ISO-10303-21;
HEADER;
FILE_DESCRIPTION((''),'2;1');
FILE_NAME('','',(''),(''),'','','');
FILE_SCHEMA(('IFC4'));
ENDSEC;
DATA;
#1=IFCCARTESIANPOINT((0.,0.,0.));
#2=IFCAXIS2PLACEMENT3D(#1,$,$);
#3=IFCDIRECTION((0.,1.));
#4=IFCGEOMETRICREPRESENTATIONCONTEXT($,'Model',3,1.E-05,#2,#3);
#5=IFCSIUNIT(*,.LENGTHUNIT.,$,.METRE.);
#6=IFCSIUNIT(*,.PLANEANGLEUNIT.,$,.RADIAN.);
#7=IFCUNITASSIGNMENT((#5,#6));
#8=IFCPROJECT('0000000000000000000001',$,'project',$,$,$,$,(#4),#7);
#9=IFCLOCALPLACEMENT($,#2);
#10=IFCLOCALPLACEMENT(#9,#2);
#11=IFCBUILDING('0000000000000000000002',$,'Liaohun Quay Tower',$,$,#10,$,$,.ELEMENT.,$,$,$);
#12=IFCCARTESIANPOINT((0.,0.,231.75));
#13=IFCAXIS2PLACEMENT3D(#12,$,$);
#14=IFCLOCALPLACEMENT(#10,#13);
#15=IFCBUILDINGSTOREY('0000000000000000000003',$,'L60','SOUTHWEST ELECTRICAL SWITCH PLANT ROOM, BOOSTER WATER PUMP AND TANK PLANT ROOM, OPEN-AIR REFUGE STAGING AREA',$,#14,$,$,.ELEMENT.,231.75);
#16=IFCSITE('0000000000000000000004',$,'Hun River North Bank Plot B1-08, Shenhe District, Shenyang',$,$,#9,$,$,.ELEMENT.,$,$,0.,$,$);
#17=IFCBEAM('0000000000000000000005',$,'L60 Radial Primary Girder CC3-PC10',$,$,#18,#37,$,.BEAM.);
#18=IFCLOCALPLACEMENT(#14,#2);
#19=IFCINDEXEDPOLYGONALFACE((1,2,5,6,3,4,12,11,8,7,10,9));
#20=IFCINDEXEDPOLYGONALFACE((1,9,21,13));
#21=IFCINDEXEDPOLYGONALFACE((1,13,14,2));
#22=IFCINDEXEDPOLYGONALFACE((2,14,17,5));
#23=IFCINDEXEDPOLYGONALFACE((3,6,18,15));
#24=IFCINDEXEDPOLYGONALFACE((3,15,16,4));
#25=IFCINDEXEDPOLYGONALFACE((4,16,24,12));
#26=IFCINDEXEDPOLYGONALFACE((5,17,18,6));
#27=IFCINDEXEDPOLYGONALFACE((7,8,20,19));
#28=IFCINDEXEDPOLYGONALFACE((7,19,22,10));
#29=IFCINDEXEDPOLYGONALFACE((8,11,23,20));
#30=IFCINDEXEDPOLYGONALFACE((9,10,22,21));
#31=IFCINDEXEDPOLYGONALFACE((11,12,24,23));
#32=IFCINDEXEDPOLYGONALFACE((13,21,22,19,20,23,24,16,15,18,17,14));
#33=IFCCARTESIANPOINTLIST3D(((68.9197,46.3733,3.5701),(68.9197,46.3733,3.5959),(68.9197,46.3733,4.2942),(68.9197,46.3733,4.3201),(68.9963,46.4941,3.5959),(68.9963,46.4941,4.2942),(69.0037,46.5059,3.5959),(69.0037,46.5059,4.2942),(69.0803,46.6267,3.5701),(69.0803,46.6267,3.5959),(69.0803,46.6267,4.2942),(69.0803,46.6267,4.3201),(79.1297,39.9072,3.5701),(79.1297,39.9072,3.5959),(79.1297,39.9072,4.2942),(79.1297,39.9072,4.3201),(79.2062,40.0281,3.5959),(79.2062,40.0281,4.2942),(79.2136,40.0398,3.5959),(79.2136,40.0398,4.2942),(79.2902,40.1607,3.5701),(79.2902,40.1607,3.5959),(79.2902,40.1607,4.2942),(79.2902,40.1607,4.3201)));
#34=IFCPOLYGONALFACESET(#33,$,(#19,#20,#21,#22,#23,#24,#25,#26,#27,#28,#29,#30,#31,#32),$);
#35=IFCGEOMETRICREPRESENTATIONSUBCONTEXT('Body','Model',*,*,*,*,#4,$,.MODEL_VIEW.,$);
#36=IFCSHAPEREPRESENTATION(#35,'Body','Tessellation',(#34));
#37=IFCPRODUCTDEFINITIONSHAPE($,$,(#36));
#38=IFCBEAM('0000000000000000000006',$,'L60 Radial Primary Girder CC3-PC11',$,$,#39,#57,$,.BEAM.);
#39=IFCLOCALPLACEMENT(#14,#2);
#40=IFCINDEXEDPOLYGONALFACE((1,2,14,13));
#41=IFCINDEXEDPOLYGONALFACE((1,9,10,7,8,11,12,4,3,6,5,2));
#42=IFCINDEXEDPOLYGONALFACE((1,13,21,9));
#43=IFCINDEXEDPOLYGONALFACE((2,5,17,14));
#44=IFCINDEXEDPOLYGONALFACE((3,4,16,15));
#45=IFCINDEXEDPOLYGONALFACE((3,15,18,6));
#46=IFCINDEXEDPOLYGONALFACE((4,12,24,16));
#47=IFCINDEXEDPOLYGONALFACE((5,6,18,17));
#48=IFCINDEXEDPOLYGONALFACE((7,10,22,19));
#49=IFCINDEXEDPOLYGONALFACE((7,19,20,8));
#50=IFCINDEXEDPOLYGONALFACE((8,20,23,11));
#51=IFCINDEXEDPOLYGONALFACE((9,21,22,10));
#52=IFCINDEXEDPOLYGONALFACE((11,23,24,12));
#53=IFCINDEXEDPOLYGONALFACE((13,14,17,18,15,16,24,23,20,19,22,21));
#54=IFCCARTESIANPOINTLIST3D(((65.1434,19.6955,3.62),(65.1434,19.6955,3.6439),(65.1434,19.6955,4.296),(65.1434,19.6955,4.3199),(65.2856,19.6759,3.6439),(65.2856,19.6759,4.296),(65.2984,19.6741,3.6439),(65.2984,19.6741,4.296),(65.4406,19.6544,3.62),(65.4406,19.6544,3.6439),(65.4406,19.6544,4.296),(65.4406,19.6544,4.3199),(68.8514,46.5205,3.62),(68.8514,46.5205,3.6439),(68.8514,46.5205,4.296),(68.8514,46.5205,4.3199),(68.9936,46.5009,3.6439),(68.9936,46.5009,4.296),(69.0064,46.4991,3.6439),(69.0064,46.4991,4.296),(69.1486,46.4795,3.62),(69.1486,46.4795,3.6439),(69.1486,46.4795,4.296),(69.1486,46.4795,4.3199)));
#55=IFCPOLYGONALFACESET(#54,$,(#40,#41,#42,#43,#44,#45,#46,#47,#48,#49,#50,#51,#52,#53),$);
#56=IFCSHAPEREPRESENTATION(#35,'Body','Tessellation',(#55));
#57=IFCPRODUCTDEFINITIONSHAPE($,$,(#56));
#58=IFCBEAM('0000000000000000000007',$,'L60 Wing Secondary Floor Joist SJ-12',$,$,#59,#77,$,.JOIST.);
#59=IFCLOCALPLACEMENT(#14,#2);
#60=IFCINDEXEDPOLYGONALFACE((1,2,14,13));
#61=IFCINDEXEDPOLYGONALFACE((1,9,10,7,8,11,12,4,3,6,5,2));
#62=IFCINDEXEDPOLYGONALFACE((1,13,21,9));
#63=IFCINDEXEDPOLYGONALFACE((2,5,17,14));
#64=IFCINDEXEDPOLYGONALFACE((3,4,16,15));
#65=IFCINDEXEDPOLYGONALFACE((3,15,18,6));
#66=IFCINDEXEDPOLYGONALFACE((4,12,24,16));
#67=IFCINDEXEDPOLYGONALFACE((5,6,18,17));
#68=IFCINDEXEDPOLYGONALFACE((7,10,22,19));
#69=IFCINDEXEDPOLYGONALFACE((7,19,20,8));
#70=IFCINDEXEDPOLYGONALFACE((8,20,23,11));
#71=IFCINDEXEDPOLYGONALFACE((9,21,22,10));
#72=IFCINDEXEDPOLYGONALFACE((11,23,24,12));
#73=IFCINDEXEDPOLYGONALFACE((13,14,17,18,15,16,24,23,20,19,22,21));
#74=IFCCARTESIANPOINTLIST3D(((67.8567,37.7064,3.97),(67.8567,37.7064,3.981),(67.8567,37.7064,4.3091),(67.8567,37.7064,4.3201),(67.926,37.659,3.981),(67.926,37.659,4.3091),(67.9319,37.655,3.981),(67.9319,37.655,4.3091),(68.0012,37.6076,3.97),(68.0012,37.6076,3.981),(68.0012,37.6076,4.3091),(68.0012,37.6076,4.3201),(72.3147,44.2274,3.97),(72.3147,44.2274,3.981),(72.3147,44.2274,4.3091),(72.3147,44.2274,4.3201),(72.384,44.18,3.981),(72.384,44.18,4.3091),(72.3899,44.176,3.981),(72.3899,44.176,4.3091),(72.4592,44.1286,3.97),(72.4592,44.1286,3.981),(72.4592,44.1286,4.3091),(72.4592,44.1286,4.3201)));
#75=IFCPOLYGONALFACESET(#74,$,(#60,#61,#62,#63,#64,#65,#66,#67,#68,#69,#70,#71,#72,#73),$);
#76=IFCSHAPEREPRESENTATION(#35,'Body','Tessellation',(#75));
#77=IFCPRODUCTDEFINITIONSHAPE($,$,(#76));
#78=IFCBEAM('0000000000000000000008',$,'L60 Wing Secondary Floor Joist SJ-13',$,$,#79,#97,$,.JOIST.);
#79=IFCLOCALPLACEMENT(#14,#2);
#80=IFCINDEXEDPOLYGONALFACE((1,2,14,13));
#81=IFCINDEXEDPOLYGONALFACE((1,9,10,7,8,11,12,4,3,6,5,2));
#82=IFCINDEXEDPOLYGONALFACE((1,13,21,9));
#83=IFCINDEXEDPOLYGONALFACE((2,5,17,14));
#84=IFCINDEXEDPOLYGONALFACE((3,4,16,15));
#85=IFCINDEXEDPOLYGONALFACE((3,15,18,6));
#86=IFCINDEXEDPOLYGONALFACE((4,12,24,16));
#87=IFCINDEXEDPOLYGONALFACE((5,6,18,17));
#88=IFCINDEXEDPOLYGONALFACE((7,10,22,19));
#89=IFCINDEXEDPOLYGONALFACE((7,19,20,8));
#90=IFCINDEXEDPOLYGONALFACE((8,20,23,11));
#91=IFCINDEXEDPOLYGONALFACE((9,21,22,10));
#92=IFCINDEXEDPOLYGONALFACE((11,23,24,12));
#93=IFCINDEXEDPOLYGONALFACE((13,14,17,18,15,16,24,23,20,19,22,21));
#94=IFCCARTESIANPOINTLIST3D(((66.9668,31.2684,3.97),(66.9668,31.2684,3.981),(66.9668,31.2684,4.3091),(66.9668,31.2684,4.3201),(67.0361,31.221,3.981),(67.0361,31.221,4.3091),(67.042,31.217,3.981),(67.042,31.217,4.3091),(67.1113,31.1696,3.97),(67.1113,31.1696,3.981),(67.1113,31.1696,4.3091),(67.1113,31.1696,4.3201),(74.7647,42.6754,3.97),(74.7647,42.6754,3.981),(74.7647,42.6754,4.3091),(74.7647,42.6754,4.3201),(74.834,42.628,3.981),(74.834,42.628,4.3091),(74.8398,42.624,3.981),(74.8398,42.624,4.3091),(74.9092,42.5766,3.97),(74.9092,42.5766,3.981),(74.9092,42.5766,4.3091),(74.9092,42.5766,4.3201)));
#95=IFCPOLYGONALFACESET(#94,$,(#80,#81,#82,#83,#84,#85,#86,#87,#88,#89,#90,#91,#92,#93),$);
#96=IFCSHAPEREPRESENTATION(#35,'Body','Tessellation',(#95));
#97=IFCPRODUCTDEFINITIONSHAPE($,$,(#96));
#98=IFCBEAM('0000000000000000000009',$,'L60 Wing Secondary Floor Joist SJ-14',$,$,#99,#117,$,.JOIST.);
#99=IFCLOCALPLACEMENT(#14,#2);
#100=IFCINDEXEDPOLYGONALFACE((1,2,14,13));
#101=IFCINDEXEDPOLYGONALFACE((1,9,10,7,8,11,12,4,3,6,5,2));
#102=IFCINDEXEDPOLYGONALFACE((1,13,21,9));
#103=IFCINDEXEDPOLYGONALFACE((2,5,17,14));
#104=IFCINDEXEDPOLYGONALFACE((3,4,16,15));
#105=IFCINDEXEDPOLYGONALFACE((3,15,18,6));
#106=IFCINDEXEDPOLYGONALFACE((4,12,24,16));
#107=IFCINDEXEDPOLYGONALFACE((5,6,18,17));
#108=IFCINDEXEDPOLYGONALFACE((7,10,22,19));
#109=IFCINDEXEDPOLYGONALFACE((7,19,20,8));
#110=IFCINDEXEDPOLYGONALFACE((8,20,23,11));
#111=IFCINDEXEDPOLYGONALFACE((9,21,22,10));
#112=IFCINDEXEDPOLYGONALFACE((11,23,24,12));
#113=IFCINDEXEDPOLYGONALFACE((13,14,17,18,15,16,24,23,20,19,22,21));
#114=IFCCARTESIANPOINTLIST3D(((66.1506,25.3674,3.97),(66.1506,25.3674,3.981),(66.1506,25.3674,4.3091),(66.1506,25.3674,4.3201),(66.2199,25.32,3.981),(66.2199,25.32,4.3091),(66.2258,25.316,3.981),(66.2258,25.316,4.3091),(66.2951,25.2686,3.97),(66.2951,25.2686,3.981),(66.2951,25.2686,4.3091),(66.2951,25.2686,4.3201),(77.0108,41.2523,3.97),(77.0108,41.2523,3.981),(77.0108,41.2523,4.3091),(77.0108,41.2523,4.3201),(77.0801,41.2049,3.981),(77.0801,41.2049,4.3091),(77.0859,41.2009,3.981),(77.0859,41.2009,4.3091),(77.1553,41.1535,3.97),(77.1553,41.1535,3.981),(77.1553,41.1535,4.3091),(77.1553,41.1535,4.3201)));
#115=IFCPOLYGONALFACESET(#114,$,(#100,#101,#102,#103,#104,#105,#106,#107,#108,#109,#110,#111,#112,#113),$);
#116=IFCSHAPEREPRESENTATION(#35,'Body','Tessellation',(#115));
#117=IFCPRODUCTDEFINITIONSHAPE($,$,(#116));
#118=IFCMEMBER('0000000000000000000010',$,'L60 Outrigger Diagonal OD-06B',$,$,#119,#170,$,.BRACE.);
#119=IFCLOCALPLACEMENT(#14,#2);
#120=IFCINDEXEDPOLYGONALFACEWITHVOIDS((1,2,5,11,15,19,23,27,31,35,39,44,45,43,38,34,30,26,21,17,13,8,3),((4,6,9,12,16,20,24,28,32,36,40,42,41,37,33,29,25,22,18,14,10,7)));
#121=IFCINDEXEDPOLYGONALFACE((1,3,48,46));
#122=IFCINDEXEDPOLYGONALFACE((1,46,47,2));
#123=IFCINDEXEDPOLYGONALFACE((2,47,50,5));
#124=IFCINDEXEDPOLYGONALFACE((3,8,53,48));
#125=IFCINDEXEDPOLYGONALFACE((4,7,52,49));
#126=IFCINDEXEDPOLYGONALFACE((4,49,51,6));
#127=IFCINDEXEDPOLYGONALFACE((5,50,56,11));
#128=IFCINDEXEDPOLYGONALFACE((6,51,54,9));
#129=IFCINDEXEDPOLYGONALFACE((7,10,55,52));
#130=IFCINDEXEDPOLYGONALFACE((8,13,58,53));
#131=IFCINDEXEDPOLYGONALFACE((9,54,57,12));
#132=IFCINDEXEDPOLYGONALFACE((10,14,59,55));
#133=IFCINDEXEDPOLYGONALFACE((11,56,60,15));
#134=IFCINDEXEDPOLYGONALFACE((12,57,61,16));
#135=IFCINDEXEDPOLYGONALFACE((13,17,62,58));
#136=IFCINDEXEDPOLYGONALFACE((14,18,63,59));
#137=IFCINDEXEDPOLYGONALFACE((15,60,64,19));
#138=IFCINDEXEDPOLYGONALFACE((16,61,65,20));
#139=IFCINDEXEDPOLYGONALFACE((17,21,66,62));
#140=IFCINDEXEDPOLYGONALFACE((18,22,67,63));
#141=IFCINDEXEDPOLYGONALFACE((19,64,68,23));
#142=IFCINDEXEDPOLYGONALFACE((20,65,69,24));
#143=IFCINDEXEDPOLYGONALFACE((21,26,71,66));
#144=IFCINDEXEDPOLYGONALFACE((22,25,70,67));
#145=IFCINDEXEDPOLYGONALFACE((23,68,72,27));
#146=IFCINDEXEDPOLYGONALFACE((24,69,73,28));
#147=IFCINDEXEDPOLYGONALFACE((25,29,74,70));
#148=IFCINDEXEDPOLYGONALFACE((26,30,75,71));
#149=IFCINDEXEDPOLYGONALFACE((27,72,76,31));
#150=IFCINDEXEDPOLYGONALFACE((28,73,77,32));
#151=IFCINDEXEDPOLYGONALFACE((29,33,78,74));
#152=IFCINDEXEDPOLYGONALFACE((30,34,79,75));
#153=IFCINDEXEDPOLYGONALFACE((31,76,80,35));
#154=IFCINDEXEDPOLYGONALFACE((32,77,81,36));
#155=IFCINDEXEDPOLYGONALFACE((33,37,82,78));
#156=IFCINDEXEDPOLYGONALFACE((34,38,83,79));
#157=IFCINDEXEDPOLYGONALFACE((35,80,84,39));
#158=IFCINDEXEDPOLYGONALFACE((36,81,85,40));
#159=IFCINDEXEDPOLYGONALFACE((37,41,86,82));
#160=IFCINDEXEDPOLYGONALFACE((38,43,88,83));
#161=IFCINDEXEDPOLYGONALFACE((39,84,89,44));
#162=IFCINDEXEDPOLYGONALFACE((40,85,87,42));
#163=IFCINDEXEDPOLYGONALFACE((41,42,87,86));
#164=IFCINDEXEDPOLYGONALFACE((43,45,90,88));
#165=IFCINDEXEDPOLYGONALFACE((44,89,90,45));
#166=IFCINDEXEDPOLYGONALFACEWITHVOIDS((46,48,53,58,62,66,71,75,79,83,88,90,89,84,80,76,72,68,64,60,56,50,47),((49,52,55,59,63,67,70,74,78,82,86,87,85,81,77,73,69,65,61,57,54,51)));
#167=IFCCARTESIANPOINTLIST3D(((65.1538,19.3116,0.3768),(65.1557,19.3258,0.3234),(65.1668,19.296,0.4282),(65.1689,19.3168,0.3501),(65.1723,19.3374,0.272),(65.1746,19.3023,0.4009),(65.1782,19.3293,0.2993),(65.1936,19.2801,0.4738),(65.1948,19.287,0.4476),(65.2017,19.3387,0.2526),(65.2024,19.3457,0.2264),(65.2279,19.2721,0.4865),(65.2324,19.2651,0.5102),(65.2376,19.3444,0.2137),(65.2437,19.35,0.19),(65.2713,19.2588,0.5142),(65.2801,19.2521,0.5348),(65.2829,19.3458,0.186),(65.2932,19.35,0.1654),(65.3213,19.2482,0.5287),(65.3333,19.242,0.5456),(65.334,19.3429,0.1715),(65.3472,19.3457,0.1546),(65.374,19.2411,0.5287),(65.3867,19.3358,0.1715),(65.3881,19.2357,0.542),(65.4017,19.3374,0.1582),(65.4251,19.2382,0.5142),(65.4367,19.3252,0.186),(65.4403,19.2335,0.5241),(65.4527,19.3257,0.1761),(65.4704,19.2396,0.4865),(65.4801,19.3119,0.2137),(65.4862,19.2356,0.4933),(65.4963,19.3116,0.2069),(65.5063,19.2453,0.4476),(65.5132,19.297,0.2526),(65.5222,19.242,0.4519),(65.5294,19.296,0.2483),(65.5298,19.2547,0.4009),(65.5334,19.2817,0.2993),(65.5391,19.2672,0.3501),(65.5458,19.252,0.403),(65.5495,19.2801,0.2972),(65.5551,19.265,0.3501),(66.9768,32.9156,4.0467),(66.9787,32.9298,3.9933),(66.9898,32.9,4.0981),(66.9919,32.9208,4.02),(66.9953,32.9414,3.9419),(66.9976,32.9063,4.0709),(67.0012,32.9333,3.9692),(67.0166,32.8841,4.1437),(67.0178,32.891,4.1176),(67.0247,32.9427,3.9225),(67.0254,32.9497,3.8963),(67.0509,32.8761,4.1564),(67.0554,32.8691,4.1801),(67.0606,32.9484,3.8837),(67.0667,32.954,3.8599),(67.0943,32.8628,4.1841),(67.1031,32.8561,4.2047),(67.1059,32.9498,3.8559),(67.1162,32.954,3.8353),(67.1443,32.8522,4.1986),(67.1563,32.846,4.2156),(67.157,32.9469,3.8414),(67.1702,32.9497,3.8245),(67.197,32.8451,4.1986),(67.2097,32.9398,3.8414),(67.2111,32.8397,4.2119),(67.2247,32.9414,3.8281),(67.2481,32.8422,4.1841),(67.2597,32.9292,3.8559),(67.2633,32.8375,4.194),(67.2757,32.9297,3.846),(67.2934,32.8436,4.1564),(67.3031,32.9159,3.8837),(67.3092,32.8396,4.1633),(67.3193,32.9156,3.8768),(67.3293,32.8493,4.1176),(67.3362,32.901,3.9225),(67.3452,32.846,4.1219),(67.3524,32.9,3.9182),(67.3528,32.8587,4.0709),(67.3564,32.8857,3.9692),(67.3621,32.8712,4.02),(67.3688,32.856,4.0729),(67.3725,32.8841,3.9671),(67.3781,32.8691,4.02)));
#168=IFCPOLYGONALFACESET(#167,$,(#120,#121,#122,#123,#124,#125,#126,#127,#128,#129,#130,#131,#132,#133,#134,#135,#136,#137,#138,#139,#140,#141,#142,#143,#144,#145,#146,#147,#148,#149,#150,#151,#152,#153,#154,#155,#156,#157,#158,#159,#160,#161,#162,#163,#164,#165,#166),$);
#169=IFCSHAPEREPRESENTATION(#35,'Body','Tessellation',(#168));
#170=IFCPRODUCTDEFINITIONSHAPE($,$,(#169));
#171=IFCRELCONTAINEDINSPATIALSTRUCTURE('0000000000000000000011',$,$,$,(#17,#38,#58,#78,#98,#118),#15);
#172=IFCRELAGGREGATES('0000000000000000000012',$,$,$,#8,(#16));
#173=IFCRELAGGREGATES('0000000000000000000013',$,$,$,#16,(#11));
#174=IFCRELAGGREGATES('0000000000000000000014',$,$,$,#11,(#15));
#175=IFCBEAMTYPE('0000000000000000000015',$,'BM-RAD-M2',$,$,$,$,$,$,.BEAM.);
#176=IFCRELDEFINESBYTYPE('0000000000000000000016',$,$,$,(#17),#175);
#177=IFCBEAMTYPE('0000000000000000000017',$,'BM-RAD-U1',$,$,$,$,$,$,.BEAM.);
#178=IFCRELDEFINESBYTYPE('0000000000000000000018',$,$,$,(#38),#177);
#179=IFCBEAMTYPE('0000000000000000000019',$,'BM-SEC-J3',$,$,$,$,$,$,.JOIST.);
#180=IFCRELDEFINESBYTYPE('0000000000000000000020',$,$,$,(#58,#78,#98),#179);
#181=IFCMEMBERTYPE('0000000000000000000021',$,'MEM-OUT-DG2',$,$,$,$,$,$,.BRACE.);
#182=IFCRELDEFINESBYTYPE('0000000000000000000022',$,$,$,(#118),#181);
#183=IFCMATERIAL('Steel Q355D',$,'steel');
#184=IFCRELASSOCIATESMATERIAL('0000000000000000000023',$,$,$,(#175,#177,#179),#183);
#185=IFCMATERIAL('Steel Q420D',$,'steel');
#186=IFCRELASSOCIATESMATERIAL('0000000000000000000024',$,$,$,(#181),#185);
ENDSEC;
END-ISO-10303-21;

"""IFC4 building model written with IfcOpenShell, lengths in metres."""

from ifc_helpers import new_model, si_unit, direction, frame, origin, origin_2d, place, context, subcontext, project, spatial, hollow_circle, i_section, extrude, source, transform, mapped, material, material_profile, profile_set, type_object, element, save


model = new_model("IFC4")

# Units and contexts
model_context = context("Model", 3, precision=1e-05, world=origin(), true_north=direction((0.0, 1.0)))
body_context = subcontext(model_context, "Body", "Model", "MODEL_VIEW")
ifc_project = project(units=[si_unit("LENGTHUNIT", "METRE"), si_unit("PLANEANGLEUNIT", "RADIAN")], contexts=[model_context])

# Site, building, storey
site_placement = place(None, origin())
site = spatial("IfcSite", under=ifc_project, at=site_placement, Name="Hun River North Bank Plot B1-08, Shenhe District, Shenyang", CompositionType="ELEMENT", RefElevation=0.0)
building_placement = place(site_placement, origin())
building = spatial("IfcBuilding", under=site, at=building_placement, Name="Liaohun Quay Tower", CompositionType="ELEMENT")
storey_placement = place(building_placement, frame((0.0, 0.0, 231.75)))
storey = spatial("IfcBuildingStorey", under=building, at=storey_placement, Name="L60", Description="SOUTHWEST ELECTRICAL SWITCH PLANT ROOM, BOOSTER WATER PUMP AND TANK PLANT ROOM, OPEN-AIR REFUGE STAGING AREA", CompositionType="ELEMENT", Elevation=231.75)

# Shared definitions
ifc_material_1 = material(Name="Steel Q355D", Category="steel")

# Beams
ifc_material_profile_1 = material_profile(ifc_material_1, i_section(OverallWidth=0.3, OverallDepth=0.75, WebThickness=0.0139, FlangeThickness=0.0259, at=origin_2d()), Name="HN750x300x14x26")
ifc_profile_set_1 = profile_set([ifc_material_profile_1], Name="Steel Q355D")
beam_type_1 = type_object("IfcBeamType", Name="BM-RAD-M2", PredefinedType="BEAM", material=ifc_profile_set_1)
shared_shape_1 = source(origin(), body_context, "Body", "SweptSolid", [
    extrude(i_section(OverallWidth=0.3, OverallDepth=0.75, WebThickness=0.0139, FlangeThickness=0.0259, at=origin_2d()), origin(), (0.0, 0.0, 1.0), 12.0852),
])
beam_1_placement = place(storey_placement, frame((69.0, 46.5, 3.9451), z_axis=(0.844828, -0.535038, 0.0), x_axis=(0.535038, 0.844828, 0.0)))
element("IfcBeam", 1, at=beam_1_placement, inside=storey, type_object=beam_type_1, Name="L60 Radial Primary Girder CC3-PC10", PredefinedType="BEAM", context=body_context, shape_type="MappedRepresentation", body=[
    mapped(shared_shape_1, transform((0.0, 0.0, 0.0), x_axis=(1.0, 0.0, 0.0), y_axis=(0.0, 1.0, 0.0), z_axis=(0.0, 0.0, 1.0), scale=1.0)),
])
ifc_material_profile_2 = material_profile(ifc_material_1, i_section(OverallWidth=0.3, OverallDepth=0.7, WebThickness=0.0129, FlangeThickness=0.0239, at=origin_2d()), Name="HN700x300x13x24")
ifc_profile_set_2 = profile_set([ifc_material_profile_2], Name="Steel Q355D")
beam_type_2 = type_object("IfcBeamType", Name="BM-RAD-U1", PredefinedType="BEAM", material=ifc_profile_set_2)
shared_shape_2 = source(origin(), body_context, "Body", "SweptSolid", [
    extrude(i_section(OverallWidth=0.3, OverallDepth=0.7, WebThickness=0.0129, FlangeThickness=0.0239, at=origin_2d()), origin(), (0.0, 0.0, 1.0), 27.0801),
])
beam_2_placement = place(storey_placement, frame((69.0, 46.5, 3.97), z_axis=(-0.136928, -0.990581, 0.0), x_axis=(0.990581, -0.136928, 0.0)))
element("IfcBeam", 2, at=beam_2_placement, inside=storey, type_object=beam_type_2, Name="L60 Radial Primary Girder CC3-PC11", PredefinedType="BEAM", context=body_context, shape_type="MappedRepresentation", body=[
    mapped(shared_shape_2, transform((0.0, 0.0, 0.0), x_axis=(1.0, 0.0, 0.0), y_axis=(0.0, 1.0, 0.0), z_axis=(0.0, 0.0, 1.0), scale=1.0)),
])
ifc_material_profile_3 = material_profile(ifc_material_1, i_section(OverallWidth=0.175, OverallDepth=0.3501, WebThickness=0.0071, FlangeThickness=0.011, at=origin_2d()), Name="HN350x175x7x11")
ifc_profile_set_3 = profile_set([ifc_material_profile_3], Name="Steel Q355D")
beam_type_3 = type_object("IfcBeamType", Name="BM-SEC-J3", PredefinedType="JOIST", material=ifc_profile_set_3)
shared_shape_3 = source(origin(), body_context, "Body", "SweptSolid", [
    extrude(i_section(OverallWidth=0.175, OverallDepth=0.3501, WebThickness=0.0071, FlangeThickness=0.011, at=origin_2d()), origin(), (0.0, 0.0, 1.0), 7.8992),
])
beam_3_placement = place(storey_placement, frame((72.387, 44.178, 4.145), z_axis=(-0.564363, -0.825527, 0.0), x_axis=(0.825527, -0.564363, 0.0)))
element("IfcBeam", 3, at=beam_3_placement, inside=storey, type_object=beam_type_3, Name="L60 Wing Secondary Floor Joist SJ-12", PredefinedType="JOIST", context=body_context, shape_type="MappedRepresentation", body=[
    mapped(shared_shape_3, transform((0.0, 0.0, 0.0), x_axis=(1.0, 0.0, 0.0), y_axis=(0.0, 1.0, 0.0), z_axis=(0.0, 0.0, 1.0), scale=1.0)),
])
shared_shape_4 = source(origin(), body_context, "Body", "SweptSolid", [
    extrude(i_section(OverallWidth=0.175, OverallDepth=0.3501, WebThickness=0.0071, FlangeThickness=0.011, at=origin_2d()), origin(), (0.0, 0.0, 1.0), 13.8176),
])
beam_4_placement = place(storey_placement, frame((74.8369, 42.626, 4.145), z_axis=(-0.564342, -0.825541, 0.0), x_axis=(0.825541, -0.564342, 0.0)))
element("IfcBeam", 4, at=beam_4_placement, inside=storey, type_object=beam_type_3, Name="L60 Wing Secondary Floor Joist SJ-13", PredefinedType="JOIST", context=body_context, shape_type="MappedRepresentation", body=[
    mapped(shared_shape_4, transform((0.0, 0.0, 0.0), x_axis=(1.0, 0.0, 0.0), y_axis=(0.0, 1.0, 0.0), z_axis=(0.0, 0.0, 1.0), scale=1.0)),
])
shared_shape_5 = source(origin(), body_context, "Body", "SweptSolid", [
    extrude(i_section(OverallWidth=0.175, OverallDepth=0.3501, WebThickness=0.0071, FlangeThickness=0.011, at=origin_2d()), origin(), (0.0, 0.0, 1.0), 19.2424),
])
beam_5_placement = place(storey_placement, frame((77.083, 41.2029, 4.145), z_axis=(-0.564386, -0.825511, 0.0), x_axis=(0.825511, -0.564386, 0.0)))
element("IfcBeam", 5, at=beam_5_placement, inside=storey, type_object=beam_type_3, Name="L60 Wing Secondary Floor Joist SJ-14", PredefinedType="JOIST", context=body_context, shape_type="MappedRepresentation", body=[
    mapped(shared_shape_5, transform((0.0, 0.0, 0.0), x_axis=(1.0, 0.0, 0.0), y_axis=(0.0, 1.0, 0.0), z_axis=(0.0, 0.0, 1.0), scale=1.0)),
])

# Member
ifc_material_2 = material(Name="Steel Q420D", Category="steel")
ifc_material_profile_4 = material_profile(ifc_material_2, hollow_circle(Radius=0.2029, WallThickness=0.0161, at=origin_2d()), Name="CHS406x16")
ifc_profile_set_4 = profile_set([ifc_material_profile_4], Name="Steel Q420D")
member_type_1 = type_object("IfcMemberType", Name="MEM-OUT-DG2", PredefinedType="BRACE", material=ifc_profile_set_4)
shared_shape_6 = source(origin(), body_context, "Body", "SweptSolid", [
    extrude(hollow_circle(Radius=0.2029, WallThickness=0.0161, at=origin_2d()), origin(), (0.0, 0.0, 1.0), 14.2078),
])
member_1_placement = place(storey_placement, frame((67.177, 32.896, 4.02), z_axis=(-0.12831, -0.957505, -0.258304), x_axis=(0.991141, -0.132817, 0.0)))
element("IfcMember", 6, at=member_1_placement, inside=storey, type_object=member_type_1, Name="L60 Outrigger Diagonal OD-06B", PredefinedType="BRACE", context=body_context, shape_type="MappedRepresentation", body=[
    mapped(shared_shape_6, transform((0.0, 0.0, 0.0), x_axis=(1.0, 0.0, 0.0), y_axis=(0.0, 1.0, 0.0), z_axis=(0.0, 0.0, 1.0), scale=1.0)),
])

save(model, "model.ifc")
